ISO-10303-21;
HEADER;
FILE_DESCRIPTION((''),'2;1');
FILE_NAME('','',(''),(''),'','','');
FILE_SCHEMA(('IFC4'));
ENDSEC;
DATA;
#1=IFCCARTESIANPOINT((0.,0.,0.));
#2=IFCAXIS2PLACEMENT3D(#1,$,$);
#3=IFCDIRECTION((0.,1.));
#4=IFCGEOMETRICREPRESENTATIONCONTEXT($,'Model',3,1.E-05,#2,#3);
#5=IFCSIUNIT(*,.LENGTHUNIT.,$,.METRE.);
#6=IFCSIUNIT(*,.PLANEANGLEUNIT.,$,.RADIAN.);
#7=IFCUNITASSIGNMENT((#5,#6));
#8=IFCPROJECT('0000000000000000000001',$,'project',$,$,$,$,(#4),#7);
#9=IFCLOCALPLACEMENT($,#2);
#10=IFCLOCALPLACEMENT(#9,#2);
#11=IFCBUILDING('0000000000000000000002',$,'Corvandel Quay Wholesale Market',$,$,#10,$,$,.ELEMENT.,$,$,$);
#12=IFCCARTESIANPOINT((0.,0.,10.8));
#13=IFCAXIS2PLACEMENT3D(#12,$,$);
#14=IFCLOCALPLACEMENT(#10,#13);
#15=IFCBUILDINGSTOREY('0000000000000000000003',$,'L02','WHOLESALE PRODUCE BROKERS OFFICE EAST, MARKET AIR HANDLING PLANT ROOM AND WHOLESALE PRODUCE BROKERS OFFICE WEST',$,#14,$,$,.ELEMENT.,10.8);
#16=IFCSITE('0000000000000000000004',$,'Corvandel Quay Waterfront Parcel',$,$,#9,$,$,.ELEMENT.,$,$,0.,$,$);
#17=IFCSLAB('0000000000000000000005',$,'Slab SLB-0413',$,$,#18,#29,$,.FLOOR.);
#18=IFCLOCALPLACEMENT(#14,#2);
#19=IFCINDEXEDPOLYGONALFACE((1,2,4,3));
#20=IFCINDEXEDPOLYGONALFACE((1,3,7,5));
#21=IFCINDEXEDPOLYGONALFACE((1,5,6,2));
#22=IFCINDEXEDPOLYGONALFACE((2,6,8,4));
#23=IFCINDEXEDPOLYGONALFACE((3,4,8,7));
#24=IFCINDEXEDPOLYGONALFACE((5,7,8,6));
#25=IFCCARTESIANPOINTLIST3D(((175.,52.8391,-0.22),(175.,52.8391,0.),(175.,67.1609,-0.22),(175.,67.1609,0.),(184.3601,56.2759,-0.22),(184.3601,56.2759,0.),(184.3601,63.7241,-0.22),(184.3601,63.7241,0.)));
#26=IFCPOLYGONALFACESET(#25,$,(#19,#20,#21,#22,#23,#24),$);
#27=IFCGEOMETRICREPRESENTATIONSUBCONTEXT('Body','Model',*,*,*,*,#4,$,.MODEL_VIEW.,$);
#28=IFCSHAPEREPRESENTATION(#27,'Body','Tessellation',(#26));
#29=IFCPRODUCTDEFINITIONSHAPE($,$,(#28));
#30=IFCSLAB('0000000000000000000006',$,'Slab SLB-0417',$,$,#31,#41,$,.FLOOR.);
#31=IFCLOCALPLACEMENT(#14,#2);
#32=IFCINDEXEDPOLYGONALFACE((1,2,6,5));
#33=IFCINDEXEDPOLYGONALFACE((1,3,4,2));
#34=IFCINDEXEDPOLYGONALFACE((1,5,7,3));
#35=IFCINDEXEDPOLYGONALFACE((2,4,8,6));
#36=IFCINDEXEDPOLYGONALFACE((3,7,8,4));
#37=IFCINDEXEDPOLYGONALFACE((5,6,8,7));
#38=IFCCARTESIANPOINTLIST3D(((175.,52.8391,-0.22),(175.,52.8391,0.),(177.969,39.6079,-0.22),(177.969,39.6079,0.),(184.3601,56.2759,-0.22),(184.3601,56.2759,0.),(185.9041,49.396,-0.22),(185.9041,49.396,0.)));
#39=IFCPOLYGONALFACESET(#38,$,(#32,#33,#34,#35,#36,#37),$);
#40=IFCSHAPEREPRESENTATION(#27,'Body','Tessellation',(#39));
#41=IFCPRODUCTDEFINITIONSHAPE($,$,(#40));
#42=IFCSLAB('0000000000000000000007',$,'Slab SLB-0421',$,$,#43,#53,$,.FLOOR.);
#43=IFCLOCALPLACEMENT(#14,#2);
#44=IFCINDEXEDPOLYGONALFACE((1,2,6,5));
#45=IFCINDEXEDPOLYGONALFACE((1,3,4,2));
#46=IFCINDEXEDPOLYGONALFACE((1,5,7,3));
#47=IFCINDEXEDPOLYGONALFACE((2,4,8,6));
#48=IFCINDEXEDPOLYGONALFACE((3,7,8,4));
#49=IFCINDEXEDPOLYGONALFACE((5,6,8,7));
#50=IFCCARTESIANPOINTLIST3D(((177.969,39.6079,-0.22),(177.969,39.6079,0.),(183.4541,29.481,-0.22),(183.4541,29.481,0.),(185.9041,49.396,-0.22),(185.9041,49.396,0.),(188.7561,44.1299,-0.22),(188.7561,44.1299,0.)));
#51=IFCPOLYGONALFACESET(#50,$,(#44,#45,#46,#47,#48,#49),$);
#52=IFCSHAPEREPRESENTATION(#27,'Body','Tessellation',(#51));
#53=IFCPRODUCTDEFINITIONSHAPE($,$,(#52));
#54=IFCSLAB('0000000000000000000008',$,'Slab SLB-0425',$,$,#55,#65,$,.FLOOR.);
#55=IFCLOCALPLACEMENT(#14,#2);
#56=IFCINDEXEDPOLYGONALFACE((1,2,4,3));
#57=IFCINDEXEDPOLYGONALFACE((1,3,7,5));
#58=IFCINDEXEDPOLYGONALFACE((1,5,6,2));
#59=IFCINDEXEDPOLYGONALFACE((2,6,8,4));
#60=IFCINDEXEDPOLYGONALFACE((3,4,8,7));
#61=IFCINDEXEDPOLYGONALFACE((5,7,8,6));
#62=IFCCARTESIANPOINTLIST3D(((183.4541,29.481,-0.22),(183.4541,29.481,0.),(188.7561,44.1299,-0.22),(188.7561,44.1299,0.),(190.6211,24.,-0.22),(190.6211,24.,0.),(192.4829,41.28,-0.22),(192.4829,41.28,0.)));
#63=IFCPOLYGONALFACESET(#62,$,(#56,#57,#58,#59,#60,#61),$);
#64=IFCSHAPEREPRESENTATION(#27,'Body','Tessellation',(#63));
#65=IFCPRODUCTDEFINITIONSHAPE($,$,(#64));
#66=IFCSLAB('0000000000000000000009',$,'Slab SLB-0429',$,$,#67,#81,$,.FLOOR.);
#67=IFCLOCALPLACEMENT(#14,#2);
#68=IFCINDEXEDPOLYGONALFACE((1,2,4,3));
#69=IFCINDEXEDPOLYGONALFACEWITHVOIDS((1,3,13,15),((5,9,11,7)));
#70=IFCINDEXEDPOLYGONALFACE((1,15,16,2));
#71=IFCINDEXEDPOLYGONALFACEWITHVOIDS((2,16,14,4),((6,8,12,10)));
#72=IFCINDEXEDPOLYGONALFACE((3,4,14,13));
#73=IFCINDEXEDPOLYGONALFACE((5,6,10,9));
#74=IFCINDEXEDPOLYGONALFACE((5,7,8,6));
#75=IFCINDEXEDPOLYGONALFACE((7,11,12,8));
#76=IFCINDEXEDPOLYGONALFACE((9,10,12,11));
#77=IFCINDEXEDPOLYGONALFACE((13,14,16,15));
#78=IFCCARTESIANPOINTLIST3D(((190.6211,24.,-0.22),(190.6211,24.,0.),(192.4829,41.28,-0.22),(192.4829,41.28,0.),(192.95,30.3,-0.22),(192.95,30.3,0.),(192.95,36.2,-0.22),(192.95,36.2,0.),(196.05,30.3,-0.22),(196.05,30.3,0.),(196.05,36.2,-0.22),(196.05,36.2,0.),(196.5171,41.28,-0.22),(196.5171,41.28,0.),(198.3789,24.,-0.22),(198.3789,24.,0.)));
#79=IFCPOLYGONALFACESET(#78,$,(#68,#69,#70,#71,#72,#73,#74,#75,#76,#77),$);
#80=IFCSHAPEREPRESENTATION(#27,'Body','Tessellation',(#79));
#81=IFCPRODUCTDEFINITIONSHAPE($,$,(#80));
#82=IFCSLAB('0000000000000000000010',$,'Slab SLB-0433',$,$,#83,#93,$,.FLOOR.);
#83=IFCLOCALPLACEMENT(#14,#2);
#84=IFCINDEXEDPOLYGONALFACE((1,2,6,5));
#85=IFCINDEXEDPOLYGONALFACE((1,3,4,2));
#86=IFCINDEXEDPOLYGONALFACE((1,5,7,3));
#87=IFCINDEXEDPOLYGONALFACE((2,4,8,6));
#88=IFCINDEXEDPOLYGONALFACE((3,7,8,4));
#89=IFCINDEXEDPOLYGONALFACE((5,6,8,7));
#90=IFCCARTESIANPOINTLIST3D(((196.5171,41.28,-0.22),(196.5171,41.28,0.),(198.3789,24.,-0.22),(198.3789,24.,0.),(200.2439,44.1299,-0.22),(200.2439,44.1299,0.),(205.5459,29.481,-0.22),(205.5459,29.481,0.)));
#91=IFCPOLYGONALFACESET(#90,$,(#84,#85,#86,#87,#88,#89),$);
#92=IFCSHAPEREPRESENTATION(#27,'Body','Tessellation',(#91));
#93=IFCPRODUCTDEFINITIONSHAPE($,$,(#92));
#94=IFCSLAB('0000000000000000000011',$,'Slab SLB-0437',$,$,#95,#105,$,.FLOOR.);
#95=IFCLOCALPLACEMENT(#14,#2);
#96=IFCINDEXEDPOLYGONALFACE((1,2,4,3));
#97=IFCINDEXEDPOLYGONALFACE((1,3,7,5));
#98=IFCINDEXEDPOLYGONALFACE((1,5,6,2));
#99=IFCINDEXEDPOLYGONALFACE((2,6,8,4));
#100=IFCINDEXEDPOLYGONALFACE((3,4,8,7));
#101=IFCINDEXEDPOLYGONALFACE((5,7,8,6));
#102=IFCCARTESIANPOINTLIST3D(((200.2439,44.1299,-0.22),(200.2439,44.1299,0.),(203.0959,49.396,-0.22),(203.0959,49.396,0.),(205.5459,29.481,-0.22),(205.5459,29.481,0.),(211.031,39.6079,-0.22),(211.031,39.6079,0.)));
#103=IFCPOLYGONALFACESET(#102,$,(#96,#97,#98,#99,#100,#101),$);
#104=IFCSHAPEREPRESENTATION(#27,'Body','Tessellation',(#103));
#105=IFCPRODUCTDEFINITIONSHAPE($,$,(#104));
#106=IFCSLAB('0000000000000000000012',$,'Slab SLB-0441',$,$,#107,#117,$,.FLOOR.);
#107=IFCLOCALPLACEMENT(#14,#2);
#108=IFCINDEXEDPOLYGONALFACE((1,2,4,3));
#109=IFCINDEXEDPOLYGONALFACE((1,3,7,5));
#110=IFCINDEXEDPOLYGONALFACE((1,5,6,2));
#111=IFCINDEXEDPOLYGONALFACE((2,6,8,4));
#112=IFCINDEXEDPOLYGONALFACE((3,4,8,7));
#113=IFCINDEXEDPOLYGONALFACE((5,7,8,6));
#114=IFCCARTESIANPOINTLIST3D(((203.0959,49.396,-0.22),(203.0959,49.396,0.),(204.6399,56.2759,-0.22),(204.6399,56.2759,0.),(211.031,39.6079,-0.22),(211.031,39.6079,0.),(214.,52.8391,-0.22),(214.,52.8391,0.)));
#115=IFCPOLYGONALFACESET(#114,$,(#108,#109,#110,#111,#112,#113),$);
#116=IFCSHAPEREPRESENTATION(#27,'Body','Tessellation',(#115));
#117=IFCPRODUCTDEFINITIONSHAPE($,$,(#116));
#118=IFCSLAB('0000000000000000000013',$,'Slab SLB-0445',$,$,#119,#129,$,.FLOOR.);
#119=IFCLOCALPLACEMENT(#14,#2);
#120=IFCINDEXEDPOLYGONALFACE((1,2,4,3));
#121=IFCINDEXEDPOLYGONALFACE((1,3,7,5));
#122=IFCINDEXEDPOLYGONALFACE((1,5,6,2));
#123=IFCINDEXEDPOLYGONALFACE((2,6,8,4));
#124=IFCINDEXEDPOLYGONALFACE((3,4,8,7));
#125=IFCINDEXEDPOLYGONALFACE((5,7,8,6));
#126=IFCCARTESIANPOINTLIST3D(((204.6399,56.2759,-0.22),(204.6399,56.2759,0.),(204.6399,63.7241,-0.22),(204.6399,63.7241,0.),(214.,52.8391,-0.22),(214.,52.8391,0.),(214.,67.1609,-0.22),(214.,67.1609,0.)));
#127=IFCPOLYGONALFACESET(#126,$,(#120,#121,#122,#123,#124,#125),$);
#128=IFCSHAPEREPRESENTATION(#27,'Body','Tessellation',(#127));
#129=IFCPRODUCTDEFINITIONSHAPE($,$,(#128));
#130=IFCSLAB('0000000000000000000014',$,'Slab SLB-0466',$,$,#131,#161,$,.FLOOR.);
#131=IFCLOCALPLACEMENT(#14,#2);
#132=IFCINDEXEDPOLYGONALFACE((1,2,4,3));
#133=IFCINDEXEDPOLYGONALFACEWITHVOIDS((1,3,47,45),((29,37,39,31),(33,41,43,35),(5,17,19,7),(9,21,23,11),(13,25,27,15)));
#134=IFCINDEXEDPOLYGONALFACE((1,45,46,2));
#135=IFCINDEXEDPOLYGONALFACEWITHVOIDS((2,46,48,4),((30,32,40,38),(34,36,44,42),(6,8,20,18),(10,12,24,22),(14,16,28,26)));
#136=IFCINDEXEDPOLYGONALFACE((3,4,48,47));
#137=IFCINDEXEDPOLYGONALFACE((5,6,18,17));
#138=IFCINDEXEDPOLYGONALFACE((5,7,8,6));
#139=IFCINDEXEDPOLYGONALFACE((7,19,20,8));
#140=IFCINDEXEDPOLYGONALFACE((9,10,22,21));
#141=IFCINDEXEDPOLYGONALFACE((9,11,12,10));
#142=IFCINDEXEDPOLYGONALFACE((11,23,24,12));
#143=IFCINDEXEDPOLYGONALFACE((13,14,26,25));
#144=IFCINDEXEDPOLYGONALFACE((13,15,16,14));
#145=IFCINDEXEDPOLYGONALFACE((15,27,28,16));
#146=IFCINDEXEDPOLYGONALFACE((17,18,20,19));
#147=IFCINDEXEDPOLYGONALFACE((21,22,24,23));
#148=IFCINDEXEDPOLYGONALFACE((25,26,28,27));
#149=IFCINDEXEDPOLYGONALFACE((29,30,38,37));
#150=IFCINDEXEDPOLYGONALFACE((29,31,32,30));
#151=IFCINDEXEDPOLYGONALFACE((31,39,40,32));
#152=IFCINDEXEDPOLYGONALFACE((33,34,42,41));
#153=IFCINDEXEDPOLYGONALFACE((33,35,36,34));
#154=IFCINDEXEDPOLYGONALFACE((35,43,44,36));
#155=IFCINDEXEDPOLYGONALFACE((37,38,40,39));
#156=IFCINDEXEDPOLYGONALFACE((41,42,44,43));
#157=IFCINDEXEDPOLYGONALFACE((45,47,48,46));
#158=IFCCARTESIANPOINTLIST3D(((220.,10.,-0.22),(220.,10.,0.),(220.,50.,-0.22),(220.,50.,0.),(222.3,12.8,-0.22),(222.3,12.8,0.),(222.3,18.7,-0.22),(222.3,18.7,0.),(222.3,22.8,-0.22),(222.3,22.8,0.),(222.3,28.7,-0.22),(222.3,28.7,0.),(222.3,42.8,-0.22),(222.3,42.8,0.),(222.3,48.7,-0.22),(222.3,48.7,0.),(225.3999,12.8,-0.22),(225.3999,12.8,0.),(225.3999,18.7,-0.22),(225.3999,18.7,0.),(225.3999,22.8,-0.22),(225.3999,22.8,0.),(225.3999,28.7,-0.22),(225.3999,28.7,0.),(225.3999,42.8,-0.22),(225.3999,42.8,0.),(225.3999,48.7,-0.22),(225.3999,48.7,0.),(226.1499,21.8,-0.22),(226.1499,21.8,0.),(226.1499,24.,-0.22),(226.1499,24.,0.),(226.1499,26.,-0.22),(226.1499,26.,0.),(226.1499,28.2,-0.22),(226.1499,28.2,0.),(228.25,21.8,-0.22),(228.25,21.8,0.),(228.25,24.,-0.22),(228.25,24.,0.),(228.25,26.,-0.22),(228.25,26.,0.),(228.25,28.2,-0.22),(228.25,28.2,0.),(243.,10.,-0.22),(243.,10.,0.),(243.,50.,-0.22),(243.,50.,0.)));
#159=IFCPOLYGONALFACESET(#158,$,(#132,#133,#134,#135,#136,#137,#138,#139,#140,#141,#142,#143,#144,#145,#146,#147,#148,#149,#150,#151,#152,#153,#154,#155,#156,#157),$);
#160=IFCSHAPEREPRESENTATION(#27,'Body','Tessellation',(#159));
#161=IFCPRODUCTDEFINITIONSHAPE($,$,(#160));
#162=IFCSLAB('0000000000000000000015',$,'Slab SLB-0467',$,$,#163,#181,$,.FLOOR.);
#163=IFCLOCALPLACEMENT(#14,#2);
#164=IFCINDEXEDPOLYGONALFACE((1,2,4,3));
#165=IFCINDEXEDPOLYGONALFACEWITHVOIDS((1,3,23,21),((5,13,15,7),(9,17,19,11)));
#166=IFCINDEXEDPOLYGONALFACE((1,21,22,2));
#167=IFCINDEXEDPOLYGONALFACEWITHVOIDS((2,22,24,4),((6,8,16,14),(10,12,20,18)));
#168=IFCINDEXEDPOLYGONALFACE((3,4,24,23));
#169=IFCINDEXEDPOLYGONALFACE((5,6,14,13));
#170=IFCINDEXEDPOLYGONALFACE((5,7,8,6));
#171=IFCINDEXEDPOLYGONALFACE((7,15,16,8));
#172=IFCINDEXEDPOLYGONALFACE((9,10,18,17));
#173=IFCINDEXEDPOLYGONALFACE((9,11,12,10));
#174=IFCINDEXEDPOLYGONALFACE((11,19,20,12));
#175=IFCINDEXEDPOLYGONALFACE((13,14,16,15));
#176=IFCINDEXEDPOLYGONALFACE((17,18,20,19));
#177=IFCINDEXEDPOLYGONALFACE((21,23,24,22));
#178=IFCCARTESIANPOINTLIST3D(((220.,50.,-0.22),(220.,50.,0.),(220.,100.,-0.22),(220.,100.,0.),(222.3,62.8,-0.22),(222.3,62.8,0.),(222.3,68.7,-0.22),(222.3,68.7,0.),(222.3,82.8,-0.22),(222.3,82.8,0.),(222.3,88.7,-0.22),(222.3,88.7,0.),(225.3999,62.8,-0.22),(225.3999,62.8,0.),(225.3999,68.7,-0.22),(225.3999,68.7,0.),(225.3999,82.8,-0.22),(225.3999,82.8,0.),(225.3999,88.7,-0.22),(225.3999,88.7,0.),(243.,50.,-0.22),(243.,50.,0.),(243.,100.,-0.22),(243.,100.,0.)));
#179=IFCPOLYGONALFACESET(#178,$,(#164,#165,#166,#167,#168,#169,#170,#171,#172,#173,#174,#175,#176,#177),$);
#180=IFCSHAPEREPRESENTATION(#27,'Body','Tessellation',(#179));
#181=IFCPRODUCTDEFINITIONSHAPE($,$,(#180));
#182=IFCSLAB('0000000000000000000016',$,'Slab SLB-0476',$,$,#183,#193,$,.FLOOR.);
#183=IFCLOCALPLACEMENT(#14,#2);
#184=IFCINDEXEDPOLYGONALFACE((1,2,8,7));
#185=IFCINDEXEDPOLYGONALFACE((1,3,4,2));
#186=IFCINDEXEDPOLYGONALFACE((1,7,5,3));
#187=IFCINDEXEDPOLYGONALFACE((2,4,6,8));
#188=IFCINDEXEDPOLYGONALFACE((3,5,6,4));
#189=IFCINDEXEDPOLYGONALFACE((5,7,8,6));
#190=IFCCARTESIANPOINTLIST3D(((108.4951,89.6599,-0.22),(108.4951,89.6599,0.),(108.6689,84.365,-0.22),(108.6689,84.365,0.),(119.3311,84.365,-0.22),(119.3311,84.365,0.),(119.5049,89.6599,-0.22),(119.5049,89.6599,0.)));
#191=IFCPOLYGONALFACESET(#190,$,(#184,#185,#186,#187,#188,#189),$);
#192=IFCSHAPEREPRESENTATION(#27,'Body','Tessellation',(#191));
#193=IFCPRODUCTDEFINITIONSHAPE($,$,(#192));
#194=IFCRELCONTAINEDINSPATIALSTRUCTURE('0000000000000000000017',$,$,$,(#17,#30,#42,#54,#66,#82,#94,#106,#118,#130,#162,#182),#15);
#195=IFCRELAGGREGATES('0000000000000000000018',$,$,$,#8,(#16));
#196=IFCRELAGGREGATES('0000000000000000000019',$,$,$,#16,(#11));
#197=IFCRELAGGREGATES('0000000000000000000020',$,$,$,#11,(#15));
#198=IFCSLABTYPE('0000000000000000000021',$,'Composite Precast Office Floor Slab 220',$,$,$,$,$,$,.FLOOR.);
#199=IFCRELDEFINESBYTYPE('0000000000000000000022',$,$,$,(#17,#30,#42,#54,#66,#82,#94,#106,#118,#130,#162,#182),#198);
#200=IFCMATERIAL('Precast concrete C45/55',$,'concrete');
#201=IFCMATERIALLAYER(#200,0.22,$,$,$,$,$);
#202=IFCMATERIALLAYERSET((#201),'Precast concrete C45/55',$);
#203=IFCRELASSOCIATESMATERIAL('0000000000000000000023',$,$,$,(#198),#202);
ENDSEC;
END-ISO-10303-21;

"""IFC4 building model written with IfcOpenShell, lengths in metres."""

from ifc_helpers import new_model, si_unit, direction, frame, origin, place, context, subcontext, project, spatial, polyline, outline, extrude, material, layer, layer_set, type_object, element, save


model = new_model("IFC4")

# Units and contexts
model_context = context("Model", 3, precision=1e-05, world=origin(), true_north=direction((0.0, 1.0)))
body_context = subcontext(model_context, "Body", "Model", "MODEL_VIEW")
ifc_project = project(units=[si_unit("LENGTHUNIT", "METRE"), si_unit("PLANEANGLEUNIT", "RADIAN")], contexts=[model_context])

# Site, building, storey
site_placement = place(None, origin())
site = spatial("IfcSite", under=ifc_project, at=site_placement, Name="Corvandel Quay Waterfront Parcel", CompositionType="ELEMENT", RefElevation=0.0)
building_placement = place(site_placement, origin())
building = spatial("IfcBuilding", under=site, at=building_placement, Name="Corvandel Quay Wholesale Market", CompositionType="ELEMENT")
storey_placement = place(building_placement, frame((0.0, 0.0, 10.8)))
storey = spatial("IfcBuildingStorey", under=building, at=storey_placement, Name="L02", Description="WHOLESALE PRODUCE BROKERS OFFICE EAST, MARKET AIR HANDLING PLANT ROOM AND WHOLESALE PRODUCE BROKERS OFFICE WEST", CompositionType="ELEMENT", Elevation=10.8)

# Slabs
ifc_material_1 = material(Name="Precast concrete C45/55", Category="concrete")
ifc_layer_1 = layer(ifc_material_1, 0.22)
ifc_layer_set_1 = layer_set([ifc_layer_1], Name="Precast concrete C45/55")
slab_type_1 = type_object("IfcSlabType", Name="Composite Precast Office Floor Slab 220", PredefinedType="FLOOR", material=ifc_layer_set_1)
slab_1_placement = place(storey_placement, frame((0.0, 0.0, -0.22)))
element("IfcSlab", 1, at=slab_1_placement, inside=storey, type_object=slab_type_1, Name="Slab SLB-0413", PredefinedType="FLOOR", context=body_context, shape_type="SweptSolid", body=[
    extrude(outline(polyline([(184.3601, 63.7241), (184.3601, 56.2759), (175.0, 52.8391), (175.0, 67.1609), (184.3601, 63.7241)])), origin(), (0.0, 0.0, 1.0), 0.22),
])
slab_2_placement = place(storey_placement, frame((0.0, 0.0, -0.22)))
element("IfcSlab", 2, at=slab_2_placement, inside=storey, type_object=slab_type_1, Name="Slab SLB-0417", PredefinedType="FLOOR", context=body_context, shape_type="SweptSolid", body=[
    extrude(outline(polyline([(184.3601, 56.2759), (185.9041, 49.396), (177.969, 39.6079), (175.0, 52.8391), (184.3601, 56.2759)])), origin(), (0.0, 0.0, 1.0), 0.22),
])
slab_3_placement = place(storey_placement, frame((0.0, 0.0, -0.22)))
element("IfcSlab", 3, at=slab_3_placement, inside=storey, type_object=slab_type_1, Name="Slab SLB-0421", PredefinedType="FLOOR", context=body_context, shape_type="SweptSolid", body=[
    extrude(outline(polyline([(185.9041, 49.396), (188.7561, 44.1299), (183.4541, 29.481), (177.969, 39.6079), (185.9041, 49.396)])), origin(), (0.0, 0.0, 1.0), 0.22),
])
slab_4_placement = place(storey_placement, frame((0.0, 0.0, -0.22)))
element("IfcSlab", 4, at=slab_4_placement, inside=storey, type_object=slab_type_1, Name="Slab SLB-0425", PredefinedType="FLOOR", context=body_context, shape_type="SweptSolid", body=[
    extrude(outline(polyline([(188.7561, 44.1299), (192.4829, 41.28), (190.6211, 24.0), (183.4541, 29.481), (188.7561, 44.1299)])), origin(), (0.0, 0.0, 1.0), 0.22),
])
slab_5_placement = place(storey_placement, frame((0.0, 0.0, -0.22)))
element("IfcSlab", 5, at=slab_5_placement, inside=storey, type_object=slab_type_1, Name="Slab SLB-0429", PredefinedType="FLOOR", context=body_context, shape_type="SweptSolid", body=[
    extrude(outline(polyline([(192.4829, 41.28), (196.5171, 41.28), (198.3789, 24.0), (190.6211, 24.0), (192.4829, 41.28)]), holes=[polyline([(196.05, 30.3), (196.05, 36.2), (192.95, 36.2), (192.95, 30.3), (196.05, 30.3)])]), origin(), (0.0, 0.0, 1.0), 0.22),
])
slab_6_placement = place(storey_placement, frame((0.0, 0.0, -0.22)))
element("IfcSlab", 6, at=slab_6_placement, inside=storey, type_object=slab_type_1, Name="Slab SLB-0433", PredefinedType="FLOOR", context=body_context, shape_type="SweptSolid", body=[
    extrude(outline(polyline([(196.5171, 41.28), (200.2439, 44.1299), (205.5459, 29.481), (198.3789, 24.0), (196.5171, 41.28)])), origin(), (0.0, 0.0, 1.0), 0.22),
])
slab_7_placement = place(storey_placement, frame((0.0, 0.0, -0.22)))
element("IfcSlab", 7, at=slab_7_placement, inside=storey, type_object=slab_type_1, Name="Slab SLB-0437", PredefinedType="FLOOR", context=body_context, shape_type="SweptSolid", body=[
    extrude(outline(polyline([(200.2439, 44.1299), (203.0959, 49.396), (211.031, 39.6079), (205.5459, 29.481), (200.2439, 44.1299)])), origin(), (0.0, 0.0, 1.0), 0.22),
])
slab_8_placement = place(storey_placement, frame((0.0, 0.0, -0.22)))
element("IfcSlab", 8, at=slab_8_placement, inside=storey, type_object=slab_type_1, Name="Slab SLB-0441", PredefinedType="FLOOR", context=body_context, shape_type="SweptSolid", body=[
    extrude(outline(polyline([(203.0959, 49.396), (204.6399, 56.2759), (214.0, 52.8391), (211.031, 39.6079), (203.0959, 49.396)])), origin(), (0.0, 0.0, 1.0), 0.22),
])
slab_9_placement = place(storey_placement, frame((0.0, 0.0, -0.22)))
element("IfcSlab", 9, at=slab_9_placement, inside=storey, type_object=slab_type_1, Name="Slab SLB-0445", PredefinedType="FLOOR", context=body_context, shape_type="SweptSolid", body=[
    extrude(outline(polyline([(204.6399, 56.2759), (204.6399, 63.7241), (214.0, 67.1609), (214.0, 52.8391), (204.6399, 56.2759)])), origin(), (0.0, 0.0, 1.0), 0.22),
])
slab_10_placement = place(storey_placement, frame((0.0, 0.0, -0.22)))
element("IfcSlab", 10, at=slab_10_placement, inside=storey, type_object=slab_type_1, Name="Slab SLB-0466", PredefinedType="FLOOR", context=body_context, shape_type="SweptSolid", body=[
    extrude(outline(polyline([(220.0, 50.0), (243.0, 50.0), (243.0, 10.0), (220.0, 10.0), (220.0, 50.0)]), holes=[polyline([(225.3999, 12.8), (225.3999, 18.7), (222.3, 18.7), (222.3, 12.8), (225.3999, 12.8)]), polyline([(228.25, 21.8), (228.25, 24.0), (226.1499, 24.0), (226.1499, 21.8), (228.25, 21.8)]), polyline([(225.3999, 28.7), (222.3, 28.7), (222.3, 22.8), (225.3999, 22.8), (225.3999, 28.7)]), polyline([(228.25, 26.0), (228.25, 28.2), (226.1499, 28.2), (226.1499, 26.0), (228.25, 26.0)]), polyline([(225.3999, 48.7), (222.3, 48.7), (222.3, 42.8), (225.3999, 42.8), (225.3999, 48.7)])]), origin(), (0.0, 0.0, 1.0), 0.22),
])
slab_11_placement = place(storey_placement, frame((0.0, 0.0, -0.22)))
element("IfcSlab", 11, at=slab_11_placement, inside=storey, type_object=slab_type_1, Name="Slab SLB-0467", PredefinedType="FLOOR", context=body_context, shape_type="SweptSolid", body=[
    extrude(outline(polyline([(220.0, 100.0), (243.0, 100.0), (243.0, 50.0), (220.0, 50.0), (220.0, 100.0)]), holes=[polyline([(225.3999, 62.8), (225.3999, 68.7), (222.3, 68.7), (222.3, 62.8), (225.3999, 62.8)]), polyline([(225.3999, 82.8), (225.3999, 88.7), (222.3, 88.7), (222.3, 82.8), (225.3999, 82.8)])]), origin(), (0.0, 0.0, 1.0), 0.22),
])
slab_12_placement = place(storey_placement, frame((0.0, 0.0, -0.22)))
element("IfcSlab", 12, at=slab_12_placement, inside=storey, type_object=slab_type_1, Name="Slab SLB-0476", PredefinedType="FLOOR", context=body_context, shape_type="SweptSolid", body=[
    extrude(outline(polyline([(108.6689, 84.365), (108.4951, 89.6599), (119.5049, 89.6599), (119.3311, 84.365), (108.6689, 84.365)])), origin(), (0.0, 0.0, 1.0), 0.22),
])

save(model, "model.ifc")
